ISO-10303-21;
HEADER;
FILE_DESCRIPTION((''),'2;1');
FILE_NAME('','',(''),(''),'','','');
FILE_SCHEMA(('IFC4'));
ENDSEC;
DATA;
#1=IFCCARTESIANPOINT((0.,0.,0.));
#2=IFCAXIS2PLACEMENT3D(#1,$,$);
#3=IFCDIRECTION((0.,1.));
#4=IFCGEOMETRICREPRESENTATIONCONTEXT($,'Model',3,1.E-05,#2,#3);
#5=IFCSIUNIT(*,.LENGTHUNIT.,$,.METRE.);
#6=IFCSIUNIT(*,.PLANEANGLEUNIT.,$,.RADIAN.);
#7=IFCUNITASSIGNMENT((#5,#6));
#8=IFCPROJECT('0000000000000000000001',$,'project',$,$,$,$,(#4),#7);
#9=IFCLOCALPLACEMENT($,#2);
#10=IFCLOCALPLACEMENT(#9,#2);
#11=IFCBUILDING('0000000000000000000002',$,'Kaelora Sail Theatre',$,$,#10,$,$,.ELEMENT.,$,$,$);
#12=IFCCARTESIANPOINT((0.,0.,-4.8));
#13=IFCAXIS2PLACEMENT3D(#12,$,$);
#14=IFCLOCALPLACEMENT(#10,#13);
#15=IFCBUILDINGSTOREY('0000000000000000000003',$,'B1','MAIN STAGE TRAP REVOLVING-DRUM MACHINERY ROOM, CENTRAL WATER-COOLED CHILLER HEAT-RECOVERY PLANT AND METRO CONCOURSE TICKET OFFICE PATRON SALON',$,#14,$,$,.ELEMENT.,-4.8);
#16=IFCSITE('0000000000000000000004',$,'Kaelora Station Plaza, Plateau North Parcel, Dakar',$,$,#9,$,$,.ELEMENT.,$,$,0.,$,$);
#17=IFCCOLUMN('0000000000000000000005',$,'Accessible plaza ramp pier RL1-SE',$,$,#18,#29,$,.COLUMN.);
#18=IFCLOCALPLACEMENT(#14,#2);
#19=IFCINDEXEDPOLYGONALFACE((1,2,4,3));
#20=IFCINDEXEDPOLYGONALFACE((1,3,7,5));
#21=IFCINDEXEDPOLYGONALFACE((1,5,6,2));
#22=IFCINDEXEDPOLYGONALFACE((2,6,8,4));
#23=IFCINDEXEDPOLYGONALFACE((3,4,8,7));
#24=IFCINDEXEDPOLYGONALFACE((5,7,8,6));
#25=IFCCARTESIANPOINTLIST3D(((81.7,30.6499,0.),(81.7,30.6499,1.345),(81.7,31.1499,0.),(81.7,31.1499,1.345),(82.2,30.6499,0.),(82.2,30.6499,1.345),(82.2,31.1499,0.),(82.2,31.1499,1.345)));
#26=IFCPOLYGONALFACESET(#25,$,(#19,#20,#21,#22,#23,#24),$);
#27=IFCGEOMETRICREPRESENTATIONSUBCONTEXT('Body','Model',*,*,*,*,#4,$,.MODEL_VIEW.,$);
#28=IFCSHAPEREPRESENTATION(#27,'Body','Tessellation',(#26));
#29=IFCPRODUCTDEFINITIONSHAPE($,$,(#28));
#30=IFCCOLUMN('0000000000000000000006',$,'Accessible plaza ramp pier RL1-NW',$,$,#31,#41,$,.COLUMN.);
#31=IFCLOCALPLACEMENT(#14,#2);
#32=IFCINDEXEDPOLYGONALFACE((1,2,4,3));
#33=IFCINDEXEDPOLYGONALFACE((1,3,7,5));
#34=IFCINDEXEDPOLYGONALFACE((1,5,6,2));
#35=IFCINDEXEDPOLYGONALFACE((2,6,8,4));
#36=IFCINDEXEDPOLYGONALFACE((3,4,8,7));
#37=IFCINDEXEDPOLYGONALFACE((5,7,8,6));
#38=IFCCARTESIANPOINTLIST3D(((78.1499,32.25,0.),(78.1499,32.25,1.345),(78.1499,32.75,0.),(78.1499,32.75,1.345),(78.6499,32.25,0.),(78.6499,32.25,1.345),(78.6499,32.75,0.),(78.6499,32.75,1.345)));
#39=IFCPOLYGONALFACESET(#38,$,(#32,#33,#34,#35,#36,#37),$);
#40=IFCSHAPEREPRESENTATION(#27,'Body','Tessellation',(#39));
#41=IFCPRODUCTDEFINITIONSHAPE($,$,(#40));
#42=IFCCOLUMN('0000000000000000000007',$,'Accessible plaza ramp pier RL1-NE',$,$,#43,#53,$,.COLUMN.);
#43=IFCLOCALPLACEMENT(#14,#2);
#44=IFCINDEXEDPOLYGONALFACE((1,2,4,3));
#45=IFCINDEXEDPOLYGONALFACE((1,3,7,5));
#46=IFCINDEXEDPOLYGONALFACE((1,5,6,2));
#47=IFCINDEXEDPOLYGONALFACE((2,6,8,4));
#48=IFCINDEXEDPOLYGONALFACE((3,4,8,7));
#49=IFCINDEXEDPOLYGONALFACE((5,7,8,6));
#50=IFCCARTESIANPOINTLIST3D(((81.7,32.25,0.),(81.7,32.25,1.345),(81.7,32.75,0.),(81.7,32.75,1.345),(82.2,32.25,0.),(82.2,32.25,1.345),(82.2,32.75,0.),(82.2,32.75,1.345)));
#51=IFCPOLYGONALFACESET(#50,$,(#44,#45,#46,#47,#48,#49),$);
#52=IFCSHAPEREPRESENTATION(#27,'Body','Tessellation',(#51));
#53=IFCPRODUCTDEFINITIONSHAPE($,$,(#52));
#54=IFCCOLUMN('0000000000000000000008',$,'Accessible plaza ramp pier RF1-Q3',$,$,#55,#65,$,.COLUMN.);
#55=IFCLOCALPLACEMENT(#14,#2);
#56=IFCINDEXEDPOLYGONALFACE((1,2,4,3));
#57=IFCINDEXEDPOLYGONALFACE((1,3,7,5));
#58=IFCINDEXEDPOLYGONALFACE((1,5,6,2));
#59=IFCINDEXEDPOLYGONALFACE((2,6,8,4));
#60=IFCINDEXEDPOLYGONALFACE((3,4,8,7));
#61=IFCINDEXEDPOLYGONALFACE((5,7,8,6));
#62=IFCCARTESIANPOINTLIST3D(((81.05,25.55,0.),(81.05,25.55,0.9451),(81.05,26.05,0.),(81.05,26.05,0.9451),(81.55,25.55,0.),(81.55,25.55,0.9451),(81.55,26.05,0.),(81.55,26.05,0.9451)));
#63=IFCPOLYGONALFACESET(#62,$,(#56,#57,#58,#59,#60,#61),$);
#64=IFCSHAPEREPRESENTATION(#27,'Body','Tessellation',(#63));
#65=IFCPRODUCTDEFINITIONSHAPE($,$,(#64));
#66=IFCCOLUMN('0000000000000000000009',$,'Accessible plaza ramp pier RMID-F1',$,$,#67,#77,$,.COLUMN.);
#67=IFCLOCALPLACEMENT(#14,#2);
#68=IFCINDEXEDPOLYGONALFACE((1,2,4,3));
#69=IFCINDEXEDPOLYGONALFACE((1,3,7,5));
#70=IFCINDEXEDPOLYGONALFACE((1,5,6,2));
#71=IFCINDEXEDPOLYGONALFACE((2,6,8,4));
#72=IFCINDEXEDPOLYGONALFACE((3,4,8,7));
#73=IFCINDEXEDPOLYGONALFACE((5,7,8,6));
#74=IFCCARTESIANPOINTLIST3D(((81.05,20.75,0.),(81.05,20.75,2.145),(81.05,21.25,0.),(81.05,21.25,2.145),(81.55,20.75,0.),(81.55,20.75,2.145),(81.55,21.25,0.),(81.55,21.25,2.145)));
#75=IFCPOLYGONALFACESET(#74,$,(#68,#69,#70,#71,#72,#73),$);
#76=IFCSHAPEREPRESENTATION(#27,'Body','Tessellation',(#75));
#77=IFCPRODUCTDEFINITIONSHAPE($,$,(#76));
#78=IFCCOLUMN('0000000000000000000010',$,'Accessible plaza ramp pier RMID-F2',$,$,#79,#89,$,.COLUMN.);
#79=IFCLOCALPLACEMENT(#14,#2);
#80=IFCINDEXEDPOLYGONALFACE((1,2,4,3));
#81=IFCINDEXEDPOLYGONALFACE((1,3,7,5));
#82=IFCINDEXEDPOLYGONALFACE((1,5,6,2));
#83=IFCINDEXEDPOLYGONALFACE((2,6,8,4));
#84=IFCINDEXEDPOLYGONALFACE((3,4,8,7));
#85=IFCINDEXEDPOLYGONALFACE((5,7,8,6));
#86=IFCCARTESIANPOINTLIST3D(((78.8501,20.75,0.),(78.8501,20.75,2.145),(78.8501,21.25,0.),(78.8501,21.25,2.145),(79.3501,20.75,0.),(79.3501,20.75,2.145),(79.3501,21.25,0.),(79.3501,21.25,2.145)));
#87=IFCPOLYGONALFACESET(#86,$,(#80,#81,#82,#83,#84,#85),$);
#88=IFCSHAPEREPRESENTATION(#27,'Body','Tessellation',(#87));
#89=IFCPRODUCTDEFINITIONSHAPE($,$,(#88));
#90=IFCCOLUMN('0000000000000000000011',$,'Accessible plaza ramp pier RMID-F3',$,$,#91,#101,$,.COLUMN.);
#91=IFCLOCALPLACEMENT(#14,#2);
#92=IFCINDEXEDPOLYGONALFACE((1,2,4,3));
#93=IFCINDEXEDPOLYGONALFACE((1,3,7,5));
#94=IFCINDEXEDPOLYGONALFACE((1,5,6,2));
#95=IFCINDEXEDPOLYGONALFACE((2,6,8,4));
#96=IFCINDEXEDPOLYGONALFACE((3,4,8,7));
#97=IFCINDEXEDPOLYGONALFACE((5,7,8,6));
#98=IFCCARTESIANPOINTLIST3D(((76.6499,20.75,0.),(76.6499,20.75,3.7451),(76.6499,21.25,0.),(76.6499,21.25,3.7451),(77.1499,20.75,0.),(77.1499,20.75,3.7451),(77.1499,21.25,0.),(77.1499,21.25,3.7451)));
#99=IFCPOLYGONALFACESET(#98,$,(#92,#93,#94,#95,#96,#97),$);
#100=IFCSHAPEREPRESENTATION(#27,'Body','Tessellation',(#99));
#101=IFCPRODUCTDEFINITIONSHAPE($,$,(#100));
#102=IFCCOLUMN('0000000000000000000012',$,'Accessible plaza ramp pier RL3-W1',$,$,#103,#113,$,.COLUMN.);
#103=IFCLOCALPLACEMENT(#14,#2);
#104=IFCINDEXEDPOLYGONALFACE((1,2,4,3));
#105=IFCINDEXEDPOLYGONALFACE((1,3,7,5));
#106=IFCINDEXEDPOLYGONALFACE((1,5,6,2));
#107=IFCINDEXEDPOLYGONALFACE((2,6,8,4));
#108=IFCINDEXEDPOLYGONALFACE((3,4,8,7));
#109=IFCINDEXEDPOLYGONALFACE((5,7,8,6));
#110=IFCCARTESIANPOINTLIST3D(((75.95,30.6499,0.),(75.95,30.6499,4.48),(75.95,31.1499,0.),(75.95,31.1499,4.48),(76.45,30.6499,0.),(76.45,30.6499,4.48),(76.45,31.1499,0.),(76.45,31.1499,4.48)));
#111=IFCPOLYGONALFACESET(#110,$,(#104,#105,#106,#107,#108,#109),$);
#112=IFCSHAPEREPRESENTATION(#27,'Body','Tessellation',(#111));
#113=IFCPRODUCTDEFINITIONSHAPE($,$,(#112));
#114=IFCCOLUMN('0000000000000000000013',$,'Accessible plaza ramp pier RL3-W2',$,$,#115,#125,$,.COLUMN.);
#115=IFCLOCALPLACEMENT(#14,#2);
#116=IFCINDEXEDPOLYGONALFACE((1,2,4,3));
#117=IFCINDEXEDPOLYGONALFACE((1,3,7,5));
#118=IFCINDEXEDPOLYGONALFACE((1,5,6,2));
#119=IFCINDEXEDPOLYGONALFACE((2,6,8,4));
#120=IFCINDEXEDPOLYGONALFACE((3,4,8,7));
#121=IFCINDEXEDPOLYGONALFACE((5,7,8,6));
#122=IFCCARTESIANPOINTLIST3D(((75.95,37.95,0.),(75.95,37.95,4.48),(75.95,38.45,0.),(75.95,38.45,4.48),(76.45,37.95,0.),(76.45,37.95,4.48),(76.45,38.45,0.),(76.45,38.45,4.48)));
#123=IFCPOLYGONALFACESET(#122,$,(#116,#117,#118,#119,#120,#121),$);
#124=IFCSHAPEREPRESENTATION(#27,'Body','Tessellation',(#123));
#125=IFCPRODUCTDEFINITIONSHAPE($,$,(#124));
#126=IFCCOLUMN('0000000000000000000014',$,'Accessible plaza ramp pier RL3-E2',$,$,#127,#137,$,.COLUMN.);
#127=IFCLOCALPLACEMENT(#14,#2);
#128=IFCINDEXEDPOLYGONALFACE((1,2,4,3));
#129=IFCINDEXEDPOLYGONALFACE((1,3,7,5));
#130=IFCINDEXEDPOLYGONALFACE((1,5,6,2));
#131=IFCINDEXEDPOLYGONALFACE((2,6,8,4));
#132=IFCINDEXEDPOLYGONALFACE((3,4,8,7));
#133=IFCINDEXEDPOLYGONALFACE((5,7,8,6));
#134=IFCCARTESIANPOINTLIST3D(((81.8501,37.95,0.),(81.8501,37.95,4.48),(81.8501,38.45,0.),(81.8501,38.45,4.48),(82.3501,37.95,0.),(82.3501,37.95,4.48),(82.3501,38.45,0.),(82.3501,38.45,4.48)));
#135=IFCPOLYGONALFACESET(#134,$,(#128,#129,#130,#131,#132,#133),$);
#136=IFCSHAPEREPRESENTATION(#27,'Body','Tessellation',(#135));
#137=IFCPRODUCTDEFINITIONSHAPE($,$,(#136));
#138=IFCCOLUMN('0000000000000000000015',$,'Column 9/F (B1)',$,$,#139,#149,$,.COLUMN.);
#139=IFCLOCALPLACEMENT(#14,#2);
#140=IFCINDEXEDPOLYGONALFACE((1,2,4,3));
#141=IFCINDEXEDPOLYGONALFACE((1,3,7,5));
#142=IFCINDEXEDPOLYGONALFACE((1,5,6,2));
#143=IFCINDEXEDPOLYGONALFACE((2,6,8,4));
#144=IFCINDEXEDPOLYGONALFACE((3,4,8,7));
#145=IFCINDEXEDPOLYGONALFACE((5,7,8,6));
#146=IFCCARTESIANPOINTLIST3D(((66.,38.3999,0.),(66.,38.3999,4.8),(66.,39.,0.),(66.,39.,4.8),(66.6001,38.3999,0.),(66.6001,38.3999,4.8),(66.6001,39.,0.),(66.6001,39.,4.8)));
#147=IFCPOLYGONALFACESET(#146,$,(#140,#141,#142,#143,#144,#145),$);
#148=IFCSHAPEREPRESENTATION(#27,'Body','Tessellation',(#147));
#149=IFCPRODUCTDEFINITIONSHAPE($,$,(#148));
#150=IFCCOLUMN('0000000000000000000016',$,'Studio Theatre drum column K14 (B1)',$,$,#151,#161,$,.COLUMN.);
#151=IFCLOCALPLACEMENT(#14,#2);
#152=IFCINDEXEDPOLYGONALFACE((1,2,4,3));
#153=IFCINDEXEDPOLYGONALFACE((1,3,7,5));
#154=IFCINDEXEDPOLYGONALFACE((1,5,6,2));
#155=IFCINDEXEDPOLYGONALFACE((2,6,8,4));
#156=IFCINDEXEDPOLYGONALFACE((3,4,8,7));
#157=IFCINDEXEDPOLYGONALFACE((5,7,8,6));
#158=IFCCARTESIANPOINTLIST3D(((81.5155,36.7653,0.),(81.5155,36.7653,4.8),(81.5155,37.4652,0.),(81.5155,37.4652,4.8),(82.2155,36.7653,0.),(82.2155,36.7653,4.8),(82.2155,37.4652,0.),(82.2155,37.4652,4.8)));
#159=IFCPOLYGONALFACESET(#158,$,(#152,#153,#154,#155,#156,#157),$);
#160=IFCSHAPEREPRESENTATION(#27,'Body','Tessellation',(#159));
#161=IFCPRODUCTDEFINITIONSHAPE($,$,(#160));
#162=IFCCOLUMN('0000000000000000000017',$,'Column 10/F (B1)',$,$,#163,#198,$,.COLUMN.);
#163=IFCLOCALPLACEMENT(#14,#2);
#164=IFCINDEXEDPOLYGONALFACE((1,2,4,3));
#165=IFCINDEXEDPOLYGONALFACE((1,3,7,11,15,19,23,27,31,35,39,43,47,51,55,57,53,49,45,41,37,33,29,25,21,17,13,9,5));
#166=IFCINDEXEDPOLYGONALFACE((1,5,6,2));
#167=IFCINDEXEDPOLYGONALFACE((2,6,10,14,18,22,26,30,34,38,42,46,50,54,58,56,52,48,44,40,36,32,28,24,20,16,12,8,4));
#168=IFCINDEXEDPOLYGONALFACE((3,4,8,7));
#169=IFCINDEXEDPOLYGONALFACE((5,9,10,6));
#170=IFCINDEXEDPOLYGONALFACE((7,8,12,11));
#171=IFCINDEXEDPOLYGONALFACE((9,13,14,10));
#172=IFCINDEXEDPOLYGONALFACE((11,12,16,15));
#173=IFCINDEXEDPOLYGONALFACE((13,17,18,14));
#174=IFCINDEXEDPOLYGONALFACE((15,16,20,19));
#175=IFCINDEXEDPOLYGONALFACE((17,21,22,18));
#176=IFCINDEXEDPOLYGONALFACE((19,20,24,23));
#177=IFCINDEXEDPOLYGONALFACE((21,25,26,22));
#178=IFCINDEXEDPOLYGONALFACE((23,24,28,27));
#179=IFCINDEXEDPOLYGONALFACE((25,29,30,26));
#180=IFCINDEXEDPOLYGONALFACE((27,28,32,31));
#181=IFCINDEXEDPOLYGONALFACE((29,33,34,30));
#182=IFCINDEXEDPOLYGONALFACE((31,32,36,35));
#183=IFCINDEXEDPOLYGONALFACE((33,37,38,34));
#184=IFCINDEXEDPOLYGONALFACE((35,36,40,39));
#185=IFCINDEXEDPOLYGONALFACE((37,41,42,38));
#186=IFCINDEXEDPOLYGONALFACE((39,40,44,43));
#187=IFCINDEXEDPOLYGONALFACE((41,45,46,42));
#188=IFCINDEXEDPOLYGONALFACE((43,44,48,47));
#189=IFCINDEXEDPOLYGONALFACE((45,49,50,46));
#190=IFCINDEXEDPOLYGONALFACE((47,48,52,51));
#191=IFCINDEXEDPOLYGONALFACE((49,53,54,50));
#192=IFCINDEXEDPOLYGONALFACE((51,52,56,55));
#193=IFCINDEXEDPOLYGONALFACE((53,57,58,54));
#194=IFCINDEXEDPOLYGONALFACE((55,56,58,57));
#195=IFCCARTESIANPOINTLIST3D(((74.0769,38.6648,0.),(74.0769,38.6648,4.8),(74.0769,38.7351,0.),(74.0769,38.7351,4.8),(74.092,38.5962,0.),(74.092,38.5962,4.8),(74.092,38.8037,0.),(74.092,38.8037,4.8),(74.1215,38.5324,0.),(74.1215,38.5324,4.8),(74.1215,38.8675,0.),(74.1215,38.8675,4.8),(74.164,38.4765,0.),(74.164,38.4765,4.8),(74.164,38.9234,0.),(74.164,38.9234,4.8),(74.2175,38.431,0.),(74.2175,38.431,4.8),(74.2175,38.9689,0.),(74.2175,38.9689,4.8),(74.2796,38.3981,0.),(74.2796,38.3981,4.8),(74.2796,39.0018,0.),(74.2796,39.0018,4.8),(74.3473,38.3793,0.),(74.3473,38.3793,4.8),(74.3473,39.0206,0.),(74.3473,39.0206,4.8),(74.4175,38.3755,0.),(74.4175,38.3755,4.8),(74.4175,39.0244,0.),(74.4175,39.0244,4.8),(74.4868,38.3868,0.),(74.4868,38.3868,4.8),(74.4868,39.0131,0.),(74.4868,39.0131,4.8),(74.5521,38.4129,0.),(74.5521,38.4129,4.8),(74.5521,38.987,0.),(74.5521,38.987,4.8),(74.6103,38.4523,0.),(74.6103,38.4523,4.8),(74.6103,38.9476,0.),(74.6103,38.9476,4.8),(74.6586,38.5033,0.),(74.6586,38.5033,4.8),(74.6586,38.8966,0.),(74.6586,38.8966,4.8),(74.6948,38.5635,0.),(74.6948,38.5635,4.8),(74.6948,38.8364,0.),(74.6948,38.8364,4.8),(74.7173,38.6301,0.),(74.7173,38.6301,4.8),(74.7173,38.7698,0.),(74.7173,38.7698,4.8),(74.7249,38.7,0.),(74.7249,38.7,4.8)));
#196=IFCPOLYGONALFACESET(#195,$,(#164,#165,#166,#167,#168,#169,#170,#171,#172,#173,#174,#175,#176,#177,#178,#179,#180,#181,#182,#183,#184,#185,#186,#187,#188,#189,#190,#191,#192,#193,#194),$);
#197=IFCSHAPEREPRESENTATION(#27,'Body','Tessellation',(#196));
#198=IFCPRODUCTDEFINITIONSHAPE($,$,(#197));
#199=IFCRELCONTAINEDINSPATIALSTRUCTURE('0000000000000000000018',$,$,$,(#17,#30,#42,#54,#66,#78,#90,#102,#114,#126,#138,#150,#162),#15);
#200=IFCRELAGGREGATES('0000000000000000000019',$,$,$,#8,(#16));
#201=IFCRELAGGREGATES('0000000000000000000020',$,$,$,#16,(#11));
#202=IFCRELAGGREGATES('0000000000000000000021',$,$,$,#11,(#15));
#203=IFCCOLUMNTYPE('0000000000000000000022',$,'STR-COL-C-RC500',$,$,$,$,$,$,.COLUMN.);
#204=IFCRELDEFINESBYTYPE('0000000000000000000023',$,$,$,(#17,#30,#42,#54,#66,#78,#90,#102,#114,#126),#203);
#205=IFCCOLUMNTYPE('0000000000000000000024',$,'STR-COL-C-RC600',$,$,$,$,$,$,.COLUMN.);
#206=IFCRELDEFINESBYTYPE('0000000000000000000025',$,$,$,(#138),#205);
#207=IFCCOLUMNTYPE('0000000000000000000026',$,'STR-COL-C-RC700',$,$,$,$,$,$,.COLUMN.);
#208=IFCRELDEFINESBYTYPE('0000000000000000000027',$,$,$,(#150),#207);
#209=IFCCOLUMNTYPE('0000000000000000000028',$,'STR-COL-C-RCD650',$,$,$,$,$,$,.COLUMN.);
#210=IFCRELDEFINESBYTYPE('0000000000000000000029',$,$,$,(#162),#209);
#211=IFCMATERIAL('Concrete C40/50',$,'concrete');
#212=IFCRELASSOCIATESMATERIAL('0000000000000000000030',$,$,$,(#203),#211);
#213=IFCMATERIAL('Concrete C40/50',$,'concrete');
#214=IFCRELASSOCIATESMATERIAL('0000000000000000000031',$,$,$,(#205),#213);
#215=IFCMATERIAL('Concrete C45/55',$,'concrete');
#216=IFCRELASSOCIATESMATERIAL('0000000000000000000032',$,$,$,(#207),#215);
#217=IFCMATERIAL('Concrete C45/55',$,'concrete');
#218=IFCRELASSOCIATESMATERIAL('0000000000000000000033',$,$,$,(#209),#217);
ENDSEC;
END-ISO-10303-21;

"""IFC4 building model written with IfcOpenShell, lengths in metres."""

from ifc_helpers import new_model, si_unit, direction, frame, origin, origin_2d, place, context, subcontext, project, spatial, rectangle, circle, extrude, material, material_profile, profile_set, type_object, element, save


model = new_model("IFC4")

# Units and contexts
model_context = context("Model", 3, precision=1e-05, world=origin(), true_north=direction((0.0, 1.0)))
body_context = subcontext(model_context, "Body", "Model", "MODEL_VIEW")
ifc_project = project(units=[si_unit("LENGTHUNIT", "METRE"), si_unit("PLANEANGLEUNIT", "RADIAN")], contexts=[model_context])

# Site, building, storey
site_placement = place(None, origin())
site = spatial("IfcSite", under=ifc_project, at=site_placement, Name="Kaelora Station Plaza, Plateau North Parcel, Dakar", CompositionType="ELEMENT", RefElevation=0.0)
building_placement = place(site_placement, origin())
building = spatial("IfcBuilding", under=site, at=building_placement, Name="Kaelora Sail Theatre", CompositionType="ELEMENT")
storey_placement = place(building_placement, frame((0.0, 0.0, -4.8)))
storey = spatial("IfcBuildingStorey", under=building, at=storey_placement, Name="B1", Description="MAIN STAGE TRAP REVOLVING-DRUM MACHINERY ROOM, CENTRAL WATER-COOLED CHILLER HEAT-RECOVERY PLANT AND METRO CONCOURSE TICKET OFFICE PATRON SALON", CompositionType="ELEMENT", Elevation=-4.8)

# Columns
ifc_material_1 = material(Name="Concrete C40/50", Category="concrete")
ifc_material_profile_1 = material_profile(ifc_material_1, rectangle(XDim=0.5, YDim=0.5, at=origin_2d()), Name="RC-COL 500x500")
ifc_profile_set_1 = profile_set([ifc_material_profile_1], Name="Concrete C40/50")
column_type_1 = type_object("IfcColumnType", Name="STR-COL-C-RC500", PredefinedType="COLUMN", material=ifc_profile_set_1)
for number, where, z_axis, x_axis, name in (
    (1, (81.95, 30.8999, 0.0), (0.0, 0.0, 1.0), (1.0, 0.0, 0.0), "Accessible plaza ramp pier RL1-SE"),
    (2, (78.3999, 32.5, 0.0), (0.0, 0.0, 1.0), (1.0, 0.0, 0.0), "Accessible plaza ramp pier RL1-NW"),
    (3, (81.95, 32.5, 0.0), (0.0, 0.0, 1.0), (1.0, 0.0, 0.0), "Accessible plaza ramp pier RL1-NE"),
):
    element("IfcColumn", number, at=place(storey_placement, frame(where, z_axis=z_axis, x_axis=x_axis)), inside=storey, type_object=column_type_1, Name=name, PredefinedType="COLUMN", context=body_context, shape_type="SweptSolid", body=[
        extrude(rectangle(XDim=0.5, YDim=0.5, at=origin_2d()), origin(), (0.0, 0.0, 1.0), 1.345),
    ])
column_1_placement = place(storey_placement, frame((81.3, 25.8, 0.0), z_axis=(0.0, 0.0, 1.0), x_axis=(1.0, 0.0, 0.0)))
element("IfcColumn", 4, at=column_1_placement, inside=storey, type_object=column_type_1, Name="Accessible plaza ramp pier RF1-Q3", PredefinedType="COLUMN", context=body_context, shape_type="SweptSolid", body=[
    extrude(rectangle(XDim=0.5, YDim=0.5, at=origin_2d()), origin(), (0.0, 0.0, 1.0), 0.9451),
])
for number, where, z_axis, x_axis, name in (
    (5, (81.3, 21.0, 0.0), (0.0, 0.0, 1.0), (1.0, 0.0, 0.0), "Accessible plaza ramp pier RMID-F1"),
    (6, (79.1001, 21.0, 0.0), (0.0, 0.0, 1.0), (1.0, 0.0, 0.0), "Accessible plaza ramp pier RMID-F2"),
):
    element("IfcColumn", number, at=place(storey_placement, frame(where, z_axis=z_axis, x_axis=x_axis)), inside=storey, type_object=column_type_1, Name=name, PredefinedType="COLUMN", context=body_context, shape_type="SweptSolid", body=[
        extrude(rectangle(XDim=0.5, YDim=0.5, at=origin_2d()), origin(), (0.0, 0.0, 1.0), 2.145),
    ])
column_2_placement = place(storey_placement, frame((76.8999, 21.0, 0.0), z_axis=(0.0, 0.0, 1.0), x_axis=(1.0, 0.0, 0.0)))
element("IfcColumn", 7, at=column_2_placement, inside=storey, type_object=column_type_1, Name="Accessible plaza ramp pier RMID-F3", PredefinedType="COLUMN", context=body_context, shape_type="SweptSolid", body=[
    extrude(rectangle(XDim=0.5, YDim=0.5, at=origin_2d()), origin(), (0.0, 0.0, 1.0), 3.7451),
])
for number, where, z_axis, x_axis, name in (
    (8, (76.2, 30.8999, 0.0), (0.0, 0.0, 1.0), (1.0, 0.0, 0.0), "Accessible plaza ramp pier RL3-W1"),
    (9, (76.2, 38.2, 0.0), (0.0, 0.0, 1.0), (1.0, 0.0, 0.0), "Accessible plaza ramp pier RL3-W2"),
    (10, (82.1001, 38.2, 0.0), (0.0, 0.0, 1.0), (1.0, 0.0, 0.0), "Accessible plaza ramp pier RL3-E2"),
):
    element("IfcColumn", number, at=place(storey_placement, frame(where, z_axis=z_axis, x_axis=x_axis)), inside=storey, type_object=column_type_1, Name=name, PredefinedType="COLUMN", context=body_context, shape_type="SweptSolid", body=[
        extrude(rectangle(XDim=0.5, YDim=0.5, at=origin_2d()), origin(), (0.0, 0.0, 1.0), 4.48),
    ])
ifc_material_2 = material(Name="Concrete C40/50", Category="concrete")
ifc_material_profile_2 = material_profile(ifc_material_2, rectangle(XDim=0.6001, YDim=0.6001, at=origin_2d()), Name="RC-COL 600x600")
ifc_profile_set_2 = profile_set([ifc_material_profile_2], Name="Concrete C40/50")
column_type_2 = type_object("IfcColumnType", Name="STR-COL-C-RC600", PredefinedType="COLUMN", material=ifc_profile_set_2)
column_3_placement = place(storey_placement, frame((66.3, 38.7, 0.0), z_axis=(0.0, 0.0, 1.0), x_axis=(1.0, 0.0, 0.0)))
element("IfcColumn", 11, at=column_3_placement, inside=storey, type_object=column_type_2, Name="Column 9/F (B1)", PredefinedType="COLUMN", context=body_context, shape_type="SweptSolid", body=[
    extrude(rectangle(XDim=0.6001, YDim=0.6001, at=origin_2d()), origin(), (0.0, 0.0, 1.0), 4.8),
])
ifc_material_3 = material(Name="Concrete C45/55", Category="concrete")
ifc_material_profile_3 = material_profile(ifc_material_3, rectangle(XDim=0.7, YDim=0.7, at=origin_2d()), Name="RC-COL 700x700")
ifc_profile_set_3 = profile_set([ifc_material_profile_3], Name="Concrete C45/55")
column_type_3 = type_object("IfcColumnType", Name="STR-COL-C-RC700", PredefinedType="COLUMN", material=ifc_profile_set_3)
column_4_placement = place(storey_placement, frame((81.8655, 37.1152, 0.0), z_axis=(0.0, 0.0, 1.0), x_axis=(1.0, 0.0, 0.0)))
element("IfcColumn", 12, at=column_4_placement, inside=storey, type_object=column_type_3, Name="Studio Theatre drum column K14 (B1)", PredefinedType="COLUMN", context=body_context, shape_type="SweptSolid", body=[
    extrude(rectangle(XDim=0.7, YDim=0.7, at=origin_2d()), origin(), (0.0, 0.0, 1.0), 4.8),
])
ifc_material_4 = material(Name="Concrete C45/55", Category="concrete")
ifc_material_profile_4 = material_profile(ifc_material_4, circle(Radius=0.325, at=origin_2d()), Name="RC-CCOL D650")
ifc_profile_set_4 = profile_set([ifc_material_profile_4], Name="Concrete C45/55")
column_type_4 = type_object("IfcColumnType", Name="STR-COL-C-RCD650", PredefinedType="COLUMN", material=ifc_profile_set_4)
column_5_placement = place(storey_placement, frame((74.3999, 38.7, 0.0), z_axis=(0.0, 0.0, 1.0), x_axis=(1.0, 0.0, 0.0)))
element("IfcColumn", 13, at=column_5_placement, inside=storey, type_object=column_type_4, Name="Column 10/F (B1)", PredefinedType="COLUMN", context=body_context, shape_type="SweptSolid", body=[
    extrude(circle(Radius=0.325, at=origin_2d()), origin(), (0.0, 0.0, 1.0), 4.8),
])

save(model, "model.ifc")
